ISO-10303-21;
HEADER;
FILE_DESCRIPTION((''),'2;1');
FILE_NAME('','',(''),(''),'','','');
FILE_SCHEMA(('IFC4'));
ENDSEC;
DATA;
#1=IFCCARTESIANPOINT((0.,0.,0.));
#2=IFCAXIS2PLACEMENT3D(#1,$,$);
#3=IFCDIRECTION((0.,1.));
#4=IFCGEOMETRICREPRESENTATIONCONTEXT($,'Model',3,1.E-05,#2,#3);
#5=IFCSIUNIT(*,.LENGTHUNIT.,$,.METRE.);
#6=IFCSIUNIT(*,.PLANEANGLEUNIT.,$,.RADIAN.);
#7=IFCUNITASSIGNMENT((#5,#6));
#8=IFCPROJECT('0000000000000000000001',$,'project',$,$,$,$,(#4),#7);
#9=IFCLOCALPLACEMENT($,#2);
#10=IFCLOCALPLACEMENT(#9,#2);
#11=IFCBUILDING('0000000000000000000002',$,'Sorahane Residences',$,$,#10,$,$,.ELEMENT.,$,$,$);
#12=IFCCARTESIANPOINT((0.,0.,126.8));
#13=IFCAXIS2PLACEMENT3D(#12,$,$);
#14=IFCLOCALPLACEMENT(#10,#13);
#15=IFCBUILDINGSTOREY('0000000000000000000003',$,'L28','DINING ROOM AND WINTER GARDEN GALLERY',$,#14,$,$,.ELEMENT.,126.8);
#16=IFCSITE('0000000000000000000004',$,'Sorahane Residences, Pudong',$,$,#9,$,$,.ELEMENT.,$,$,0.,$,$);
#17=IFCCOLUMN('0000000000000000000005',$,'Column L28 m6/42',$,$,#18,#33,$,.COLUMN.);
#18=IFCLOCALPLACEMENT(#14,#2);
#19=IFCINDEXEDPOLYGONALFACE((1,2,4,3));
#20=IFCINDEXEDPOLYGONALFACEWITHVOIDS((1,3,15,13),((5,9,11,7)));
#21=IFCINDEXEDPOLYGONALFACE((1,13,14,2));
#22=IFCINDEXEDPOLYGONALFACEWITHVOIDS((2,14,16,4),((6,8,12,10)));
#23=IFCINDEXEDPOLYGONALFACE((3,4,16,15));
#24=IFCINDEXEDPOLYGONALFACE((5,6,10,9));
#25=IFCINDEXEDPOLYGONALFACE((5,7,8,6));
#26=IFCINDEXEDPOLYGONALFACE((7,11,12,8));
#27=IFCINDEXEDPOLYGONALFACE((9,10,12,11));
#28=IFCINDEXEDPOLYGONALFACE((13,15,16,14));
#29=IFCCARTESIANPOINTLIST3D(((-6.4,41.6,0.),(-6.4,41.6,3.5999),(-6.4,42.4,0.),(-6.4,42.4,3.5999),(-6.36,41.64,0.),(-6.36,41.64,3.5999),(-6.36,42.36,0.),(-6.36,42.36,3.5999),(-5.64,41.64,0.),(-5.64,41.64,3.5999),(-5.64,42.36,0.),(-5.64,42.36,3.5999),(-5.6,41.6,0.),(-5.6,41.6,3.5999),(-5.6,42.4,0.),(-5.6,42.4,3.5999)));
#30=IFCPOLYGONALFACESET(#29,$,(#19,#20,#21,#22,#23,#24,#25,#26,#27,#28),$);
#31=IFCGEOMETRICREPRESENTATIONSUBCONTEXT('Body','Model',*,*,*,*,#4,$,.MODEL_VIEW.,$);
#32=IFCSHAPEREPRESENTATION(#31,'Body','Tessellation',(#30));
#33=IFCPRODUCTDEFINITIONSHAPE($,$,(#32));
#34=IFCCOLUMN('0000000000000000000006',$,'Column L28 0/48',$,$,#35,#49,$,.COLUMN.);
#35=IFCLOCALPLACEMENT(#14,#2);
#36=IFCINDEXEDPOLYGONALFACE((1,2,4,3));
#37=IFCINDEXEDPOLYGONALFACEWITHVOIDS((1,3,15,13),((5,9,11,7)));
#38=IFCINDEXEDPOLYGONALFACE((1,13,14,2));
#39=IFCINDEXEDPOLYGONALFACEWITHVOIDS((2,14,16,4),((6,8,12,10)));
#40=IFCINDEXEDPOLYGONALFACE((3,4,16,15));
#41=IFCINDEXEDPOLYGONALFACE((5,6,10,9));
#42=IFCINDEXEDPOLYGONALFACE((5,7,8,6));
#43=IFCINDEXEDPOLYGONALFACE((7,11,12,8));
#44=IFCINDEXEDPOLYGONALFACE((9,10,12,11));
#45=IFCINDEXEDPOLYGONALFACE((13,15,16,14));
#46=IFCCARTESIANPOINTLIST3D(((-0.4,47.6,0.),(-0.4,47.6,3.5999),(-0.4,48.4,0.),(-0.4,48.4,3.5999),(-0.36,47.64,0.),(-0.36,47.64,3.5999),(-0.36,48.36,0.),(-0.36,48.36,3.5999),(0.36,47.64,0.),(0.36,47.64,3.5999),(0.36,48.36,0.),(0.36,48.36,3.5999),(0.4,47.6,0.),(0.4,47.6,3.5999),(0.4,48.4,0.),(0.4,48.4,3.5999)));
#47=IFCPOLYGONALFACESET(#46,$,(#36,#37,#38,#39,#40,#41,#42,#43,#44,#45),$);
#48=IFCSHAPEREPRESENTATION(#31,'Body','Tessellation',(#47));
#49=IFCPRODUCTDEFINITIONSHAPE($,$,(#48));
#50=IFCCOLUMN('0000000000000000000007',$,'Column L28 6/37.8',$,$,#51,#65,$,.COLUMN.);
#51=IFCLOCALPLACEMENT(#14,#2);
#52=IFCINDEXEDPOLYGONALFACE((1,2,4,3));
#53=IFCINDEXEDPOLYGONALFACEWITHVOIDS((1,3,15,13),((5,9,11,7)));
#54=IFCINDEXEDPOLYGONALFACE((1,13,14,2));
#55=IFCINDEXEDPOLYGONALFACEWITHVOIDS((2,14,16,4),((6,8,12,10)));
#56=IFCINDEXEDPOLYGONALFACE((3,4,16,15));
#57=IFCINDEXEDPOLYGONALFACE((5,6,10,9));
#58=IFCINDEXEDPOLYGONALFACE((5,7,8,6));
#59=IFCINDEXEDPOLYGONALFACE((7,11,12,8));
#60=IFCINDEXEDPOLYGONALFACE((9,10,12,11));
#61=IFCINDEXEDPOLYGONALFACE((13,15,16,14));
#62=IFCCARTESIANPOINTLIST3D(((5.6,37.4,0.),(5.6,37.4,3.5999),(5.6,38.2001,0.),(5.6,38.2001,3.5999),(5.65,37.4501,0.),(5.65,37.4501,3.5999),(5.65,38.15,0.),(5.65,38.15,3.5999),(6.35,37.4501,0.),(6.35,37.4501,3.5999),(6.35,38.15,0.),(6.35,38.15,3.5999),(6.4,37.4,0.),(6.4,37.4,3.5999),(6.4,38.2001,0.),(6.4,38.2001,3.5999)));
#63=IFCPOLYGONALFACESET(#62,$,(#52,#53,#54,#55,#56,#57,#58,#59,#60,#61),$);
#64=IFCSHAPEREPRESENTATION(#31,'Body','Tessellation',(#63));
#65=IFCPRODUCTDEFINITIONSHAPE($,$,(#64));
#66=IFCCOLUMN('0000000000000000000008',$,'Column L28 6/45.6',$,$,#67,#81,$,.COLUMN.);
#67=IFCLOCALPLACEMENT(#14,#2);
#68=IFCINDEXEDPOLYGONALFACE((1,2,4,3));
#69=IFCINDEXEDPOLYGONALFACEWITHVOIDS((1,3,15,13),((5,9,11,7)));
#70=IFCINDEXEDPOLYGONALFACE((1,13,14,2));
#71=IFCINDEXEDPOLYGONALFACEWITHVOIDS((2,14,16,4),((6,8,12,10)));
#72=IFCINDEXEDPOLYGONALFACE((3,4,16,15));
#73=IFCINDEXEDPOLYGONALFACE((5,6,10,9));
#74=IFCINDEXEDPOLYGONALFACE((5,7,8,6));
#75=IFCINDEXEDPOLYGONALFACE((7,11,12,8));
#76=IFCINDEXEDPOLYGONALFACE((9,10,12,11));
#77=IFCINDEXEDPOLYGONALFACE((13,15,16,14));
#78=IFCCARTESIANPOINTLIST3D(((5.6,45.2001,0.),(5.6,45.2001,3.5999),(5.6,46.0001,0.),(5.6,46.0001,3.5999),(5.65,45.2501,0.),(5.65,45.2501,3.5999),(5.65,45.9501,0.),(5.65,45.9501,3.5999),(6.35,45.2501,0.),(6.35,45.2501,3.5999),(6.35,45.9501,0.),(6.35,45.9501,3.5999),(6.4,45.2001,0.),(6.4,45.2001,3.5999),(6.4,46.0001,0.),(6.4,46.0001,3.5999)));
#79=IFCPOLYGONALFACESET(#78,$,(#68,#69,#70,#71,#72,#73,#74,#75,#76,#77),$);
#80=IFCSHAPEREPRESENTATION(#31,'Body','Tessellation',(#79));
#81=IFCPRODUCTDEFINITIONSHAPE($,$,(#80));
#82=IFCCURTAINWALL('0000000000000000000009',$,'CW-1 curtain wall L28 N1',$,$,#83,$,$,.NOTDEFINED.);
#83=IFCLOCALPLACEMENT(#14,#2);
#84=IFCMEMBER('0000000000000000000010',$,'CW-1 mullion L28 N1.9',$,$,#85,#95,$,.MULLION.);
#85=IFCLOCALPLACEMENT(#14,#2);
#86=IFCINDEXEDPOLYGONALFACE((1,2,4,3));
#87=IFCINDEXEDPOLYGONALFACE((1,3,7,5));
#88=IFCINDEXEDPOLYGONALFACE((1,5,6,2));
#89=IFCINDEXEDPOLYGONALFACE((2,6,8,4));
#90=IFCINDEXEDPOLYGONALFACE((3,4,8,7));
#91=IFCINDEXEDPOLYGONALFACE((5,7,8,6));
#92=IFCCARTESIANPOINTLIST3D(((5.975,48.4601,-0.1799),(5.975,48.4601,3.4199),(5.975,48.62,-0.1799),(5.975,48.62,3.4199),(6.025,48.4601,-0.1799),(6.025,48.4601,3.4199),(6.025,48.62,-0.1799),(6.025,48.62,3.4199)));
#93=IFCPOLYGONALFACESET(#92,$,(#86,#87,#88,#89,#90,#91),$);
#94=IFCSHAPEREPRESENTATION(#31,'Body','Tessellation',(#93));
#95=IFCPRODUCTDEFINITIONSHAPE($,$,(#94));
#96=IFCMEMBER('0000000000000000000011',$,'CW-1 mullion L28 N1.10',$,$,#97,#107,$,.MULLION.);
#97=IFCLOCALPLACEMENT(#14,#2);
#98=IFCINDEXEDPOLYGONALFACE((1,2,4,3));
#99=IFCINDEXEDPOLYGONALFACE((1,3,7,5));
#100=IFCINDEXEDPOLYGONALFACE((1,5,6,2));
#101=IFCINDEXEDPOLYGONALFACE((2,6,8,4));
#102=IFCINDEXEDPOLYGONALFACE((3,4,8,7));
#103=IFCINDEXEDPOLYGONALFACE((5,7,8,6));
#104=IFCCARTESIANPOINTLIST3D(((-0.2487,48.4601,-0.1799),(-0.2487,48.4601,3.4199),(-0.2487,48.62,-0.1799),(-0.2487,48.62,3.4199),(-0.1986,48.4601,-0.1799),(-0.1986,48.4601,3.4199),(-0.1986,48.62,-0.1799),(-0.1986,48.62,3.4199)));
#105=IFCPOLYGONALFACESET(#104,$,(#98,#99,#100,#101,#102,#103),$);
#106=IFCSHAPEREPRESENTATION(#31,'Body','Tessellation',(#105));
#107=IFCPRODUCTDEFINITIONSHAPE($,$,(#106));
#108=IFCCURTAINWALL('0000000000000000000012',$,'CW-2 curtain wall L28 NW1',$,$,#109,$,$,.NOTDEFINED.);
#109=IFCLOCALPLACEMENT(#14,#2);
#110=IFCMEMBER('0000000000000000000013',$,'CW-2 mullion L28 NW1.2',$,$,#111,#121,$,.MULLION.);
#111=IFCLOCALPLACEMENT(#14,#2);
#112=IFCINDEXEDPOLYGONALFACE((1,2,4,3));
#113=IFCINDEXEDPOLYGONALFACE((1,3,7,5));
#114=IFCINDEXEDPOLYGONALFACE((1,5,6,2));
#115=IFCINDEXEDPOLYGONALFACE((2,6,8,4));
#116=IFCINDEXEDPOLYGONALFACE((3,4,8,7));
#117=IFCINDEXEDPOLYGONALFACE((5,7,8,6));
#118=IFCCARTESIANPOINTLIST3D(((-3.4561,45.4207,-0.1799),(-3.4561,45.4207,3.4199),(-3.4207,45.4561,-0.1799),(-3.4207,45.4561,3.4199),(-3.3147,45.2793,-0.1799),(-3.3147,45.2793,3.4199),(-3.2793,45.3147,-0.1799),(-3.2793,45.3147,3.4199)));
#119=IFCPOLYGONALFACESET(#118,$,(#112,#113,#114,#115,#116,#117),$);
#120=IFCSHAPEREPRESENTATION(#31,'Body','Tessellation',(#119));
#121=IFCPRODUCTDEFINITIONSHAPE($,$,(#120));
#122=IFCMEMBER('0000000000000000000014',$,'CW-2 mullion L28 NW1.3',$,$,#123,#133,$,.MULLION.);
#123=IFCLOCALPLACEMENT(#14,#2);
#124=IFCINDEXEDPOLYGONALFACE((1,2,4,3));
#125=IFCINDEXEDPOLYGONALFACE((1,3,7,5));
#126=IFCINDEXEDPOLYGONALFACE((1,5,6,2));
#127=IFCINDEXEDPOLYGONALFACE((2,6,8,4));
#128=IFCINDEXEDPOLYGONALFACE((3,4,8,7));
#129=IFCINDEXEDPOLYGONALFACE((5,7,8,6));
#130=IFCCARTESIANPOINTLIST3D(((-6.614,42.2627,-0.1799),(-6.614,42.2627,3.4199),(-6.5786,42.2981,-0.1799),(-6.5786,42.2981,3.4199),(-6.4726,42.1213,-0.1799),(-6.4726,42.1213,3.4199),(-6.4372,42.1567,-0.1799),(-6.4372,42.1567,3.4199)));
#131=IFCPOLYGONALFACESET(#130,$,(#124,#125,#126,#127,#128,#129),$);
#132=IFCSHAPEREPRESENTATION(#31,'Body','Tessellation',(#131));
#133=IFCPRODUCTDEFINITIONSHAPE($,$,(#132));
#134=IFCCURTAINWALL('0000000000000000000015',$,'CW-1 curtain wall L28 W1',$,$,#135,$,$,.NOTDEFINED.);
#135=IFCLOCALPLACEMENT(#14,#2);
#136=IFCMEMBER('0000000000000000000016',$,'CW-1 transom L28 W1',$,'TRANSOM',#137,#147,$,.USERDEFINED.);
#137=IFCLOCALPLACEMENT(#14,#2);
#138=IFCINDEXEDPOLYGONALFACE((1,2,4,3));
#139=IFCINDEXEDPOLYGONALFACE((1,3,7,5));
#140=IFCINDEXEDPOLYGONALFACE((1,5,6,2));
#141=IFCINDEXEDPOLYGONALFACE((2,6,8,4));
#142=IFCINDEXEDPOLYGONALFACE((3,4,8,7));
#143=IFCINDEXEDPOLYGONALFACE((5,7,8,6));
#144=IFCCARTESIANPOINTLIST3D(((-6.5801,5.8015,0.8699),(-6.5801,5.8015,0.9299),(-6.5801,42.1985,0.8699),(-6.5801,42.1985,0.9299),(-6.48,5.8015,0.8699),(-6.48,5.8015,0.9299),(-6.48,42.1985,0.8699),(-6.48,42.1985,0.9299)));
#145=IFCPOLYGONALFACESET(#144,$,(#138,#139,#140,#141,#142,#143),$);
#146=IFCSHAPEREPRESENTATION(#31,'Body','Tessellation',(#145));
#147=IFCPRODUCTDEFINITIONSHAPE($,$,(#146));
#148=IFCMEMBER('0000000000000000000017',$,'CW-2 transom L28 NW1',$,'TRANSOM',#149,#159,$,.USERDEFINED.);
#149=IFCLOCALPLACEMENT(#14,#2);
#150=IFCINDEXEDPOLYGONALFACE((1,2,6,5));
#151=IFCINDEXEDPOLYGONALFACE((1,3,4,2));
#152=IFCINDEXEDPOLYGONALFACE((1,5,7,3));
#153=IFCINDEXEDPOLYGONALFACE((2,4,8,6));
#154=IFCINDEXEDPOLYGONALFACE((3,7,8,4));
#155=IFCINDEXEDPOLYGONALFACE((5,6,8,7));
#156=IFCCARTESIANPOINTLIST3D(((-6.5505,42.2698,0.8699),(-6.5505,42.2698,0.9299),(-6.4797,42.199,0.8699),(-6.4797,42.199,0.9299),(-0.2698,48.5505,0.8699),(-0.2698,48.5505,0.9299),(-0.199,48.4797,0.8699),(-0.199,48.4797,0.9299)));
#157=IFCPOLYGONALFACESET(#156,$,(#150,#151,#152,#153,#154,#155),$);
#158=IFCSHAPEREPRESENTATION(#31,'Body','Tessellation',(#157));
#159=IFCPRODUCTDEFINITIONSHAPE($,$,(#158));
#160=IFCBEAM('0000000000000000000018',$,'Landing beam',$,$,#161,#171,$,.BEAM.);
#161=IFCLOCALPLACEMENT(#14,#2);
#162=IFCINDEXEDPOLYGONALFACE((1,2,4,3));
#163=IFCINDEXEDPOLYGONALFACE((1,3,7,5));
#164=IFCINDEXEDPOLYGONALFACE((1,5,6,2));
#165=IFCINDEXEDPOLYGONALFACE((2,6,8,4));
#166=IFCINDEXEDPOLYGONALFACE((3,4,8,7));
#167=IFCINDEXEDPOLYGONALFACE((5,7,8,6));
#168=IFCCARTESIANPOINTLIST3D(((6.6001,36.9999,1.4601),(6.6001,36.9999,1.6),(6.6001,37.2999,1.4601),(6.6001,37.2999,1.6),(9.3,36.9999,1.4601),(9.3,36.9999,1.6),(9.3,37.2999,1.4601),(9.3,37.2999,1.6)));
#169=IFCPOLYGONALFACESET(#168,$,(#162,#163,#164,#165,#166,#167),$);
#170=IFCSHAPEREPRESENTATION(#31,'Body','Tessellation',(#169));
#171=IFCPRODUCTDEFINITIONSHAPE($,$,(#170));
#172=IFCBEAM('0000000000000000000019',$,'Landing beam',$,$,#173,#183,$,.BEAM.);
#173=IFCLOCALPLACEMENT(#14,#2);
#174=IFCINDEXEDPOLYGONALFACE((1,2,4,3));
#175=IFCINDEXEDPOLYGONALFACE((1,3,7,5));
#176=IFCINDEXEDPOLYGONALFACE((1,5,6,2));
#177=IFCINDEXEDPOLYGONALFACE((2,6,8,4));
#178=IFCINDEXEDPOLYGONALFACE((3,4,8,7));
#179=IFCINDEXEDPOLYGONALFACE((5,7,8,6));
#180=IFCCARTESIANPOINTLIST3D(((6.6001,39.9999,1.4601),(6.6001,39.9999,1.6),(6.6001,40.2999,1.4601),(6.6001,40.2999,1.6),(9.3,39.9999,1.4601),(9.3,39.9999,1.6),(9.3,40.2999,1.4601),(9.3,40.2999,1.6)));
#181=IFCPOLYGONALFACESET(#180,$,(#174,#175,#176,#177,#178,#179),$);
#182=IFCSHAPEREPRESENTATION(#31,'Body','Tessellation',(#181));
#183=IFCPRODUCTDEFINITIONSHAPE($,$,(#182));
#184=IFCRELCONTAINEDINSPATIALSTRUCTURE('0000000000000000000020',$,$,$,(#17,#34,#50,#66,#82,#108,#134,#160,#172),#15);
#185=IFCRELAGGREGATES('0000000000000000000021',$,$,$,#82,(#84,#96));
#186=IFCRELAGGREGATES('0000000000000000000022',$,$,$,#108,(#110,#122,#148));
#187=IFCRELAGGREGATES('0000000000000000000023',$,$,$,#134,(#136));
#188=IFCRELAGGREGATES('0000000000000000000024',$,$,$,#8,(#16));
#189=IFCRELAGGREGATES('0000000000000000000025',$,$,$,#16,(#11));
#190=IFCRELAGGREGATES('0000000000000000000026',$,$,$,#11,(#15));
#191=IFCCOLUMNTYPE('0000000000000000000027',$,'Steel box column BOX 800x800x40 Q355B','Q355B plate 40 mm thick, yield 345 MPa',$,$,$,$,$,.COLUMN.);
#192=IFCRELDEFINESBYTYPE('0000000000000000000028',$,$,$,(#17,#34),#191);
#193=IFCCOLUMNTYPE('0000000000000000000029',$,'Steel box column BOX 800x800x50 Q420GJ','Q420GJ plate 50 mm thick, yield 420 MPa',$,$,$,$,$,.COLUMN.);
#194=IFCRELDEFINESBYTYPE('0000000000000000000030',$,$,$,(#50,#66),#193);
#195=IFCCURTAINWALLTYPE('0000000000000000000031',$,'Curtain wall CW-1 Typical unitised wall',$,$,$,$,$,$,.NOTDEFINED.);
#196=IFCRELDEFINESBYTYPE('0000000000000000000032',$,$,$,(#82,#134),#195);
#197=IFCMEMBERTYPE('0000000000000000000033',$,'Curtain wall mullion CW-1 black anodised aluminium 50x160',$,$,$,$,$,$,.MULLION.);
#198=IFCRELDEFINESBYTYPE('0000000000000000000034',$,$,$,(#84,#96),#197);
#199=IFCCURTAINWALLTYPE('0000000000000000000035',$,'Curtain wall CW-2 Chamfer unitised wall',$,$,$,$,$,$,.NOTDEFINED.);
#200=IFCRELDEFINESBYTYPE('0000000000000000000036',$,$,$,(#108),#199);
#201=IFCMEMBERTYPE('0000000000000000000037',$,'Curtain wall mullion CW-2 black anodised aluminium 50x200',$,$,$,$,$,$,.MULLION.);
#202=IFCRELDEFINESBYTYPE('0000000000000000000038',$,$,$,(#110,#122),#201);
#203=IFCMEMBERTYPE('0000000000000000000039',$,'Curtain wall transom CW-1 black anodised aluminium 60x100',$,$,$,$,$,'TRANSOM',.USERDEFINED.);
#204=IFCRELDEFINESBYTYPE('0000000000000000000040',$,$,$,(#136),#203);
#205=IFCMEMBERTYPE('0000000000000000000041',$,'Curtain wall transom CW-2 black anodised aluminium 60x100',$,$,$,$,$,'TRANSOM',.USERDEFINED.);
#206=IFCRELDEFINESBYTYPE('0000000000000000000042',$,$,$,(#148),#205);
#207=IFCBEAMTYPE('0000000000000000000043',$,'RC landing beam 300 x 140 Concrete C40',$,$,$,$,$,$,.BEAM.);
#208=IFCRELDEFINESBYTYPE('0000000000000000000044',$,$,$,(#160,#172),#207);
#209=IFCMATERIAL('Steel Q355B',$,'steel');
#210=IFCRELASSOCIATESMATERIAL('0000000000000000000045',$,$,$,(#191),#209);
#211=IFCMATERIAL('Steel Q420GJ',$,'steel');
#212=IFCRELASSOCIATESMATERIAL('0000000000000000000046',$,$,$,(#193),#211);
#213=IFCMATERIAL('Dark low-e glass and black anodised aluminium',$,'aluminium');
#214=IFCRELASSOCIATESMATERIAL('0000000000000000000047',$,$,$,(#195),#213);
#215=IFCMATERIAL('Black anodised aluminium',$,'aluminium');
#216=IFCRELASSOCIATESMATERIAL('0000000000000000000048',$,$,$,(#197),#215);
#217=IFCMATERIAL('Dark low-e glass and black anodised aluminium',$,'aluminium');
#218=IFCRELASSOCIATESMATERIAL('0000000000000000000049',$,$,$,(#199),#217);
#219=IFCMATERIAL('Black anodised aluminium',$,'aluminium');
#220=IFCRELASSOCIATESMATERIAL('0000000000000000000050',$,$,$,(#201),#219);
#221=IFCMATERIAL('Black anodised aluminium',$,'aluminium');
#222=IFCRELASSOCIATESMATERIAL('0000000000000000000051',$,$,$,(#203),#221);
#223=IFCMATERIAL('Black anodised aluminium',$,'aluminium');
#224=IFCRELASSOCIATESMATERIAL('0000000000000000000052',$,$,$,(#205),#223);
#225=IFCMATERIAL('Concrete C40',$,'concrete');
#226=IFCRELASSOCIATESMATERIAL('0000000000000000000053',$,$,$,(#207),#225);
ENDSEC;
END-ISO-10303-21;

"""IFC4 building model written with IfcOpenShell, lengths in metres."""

from ifc_helpers import new_model, si_unit, direction, frame, origin, origin_2d, place, context, subcontext, project, spatial, rectangle, hollow_rectangle, extrude, material, material_profile, profile_set, type_object, element, aggregate, save


model = new_model("IFC4")

# Units and contexts
model_context = context("Model", 3, precision=1e-05, world=origin(), true_north=direction((0.0, 1.0)))
body_context = subcontext(model_context, "Body", "Model", "MODEL_VIEW")
ifc_project = project(units=[si_unit("LENGTHUNIT", "METRE"), si_unit("PLANEANGLEUNIT", "RADIAN")], contexts=[model_context])

# Site, building, storey
site_placement = place(None, origin())
site = spatial("IfcSite", under=ifc_project, at=site_placement, Name="Sorahane Residences, Pudong", CompositionType="ELEMENT", RefElevation=0.0)
building_placement = place(site_placement, origin())
building = spatial("IfcBuilding", under=site, at=building_placement, Name="Sorahane Residences", CompositionType="ELEMENT")
storey_placement = place(building_placement, frame((0.0, 0.0, 126.8)))
storey = spatial("IfcBuildingStorey", under=building, at=storey_placement, Name="L28", Description="DINING ROOM AND WINTER GARDEN GALLERY", CompositionType="ELEMENT", Elevation=126.8)

# Columns
ifc_material_1 = material(Name="Steel Q355B", Category="steel")
ifc_material_profile_1 = material_profile(ifc_material_1, hollow_rectangle(XDim=0.8, YDim=0.8, WallThickness=0.04, at=origin_2d()), Name="BOX 800x800x40")
ifc_profile_set_1 = profile_set([ifc_material_profile_1], Name="Steel Q355B")
column_type_1 = type_object("IfcColumnType", Name="Steel box column BOX 800x800x40 Q355B", Description="Q355B plate 40 mm thick, yield 345 MPa", PredefinedType="COLUMN", material=ifc_profile_set_1)
for number, where, z_axis, x_axis, name in (
    (1, (-6.0, 42.0, 0.0), (0.0, 0.0, 1.0), (1.0, 0.0, 0.0), "Column L28 m6/42"),
    (2, (0.0, 48.0, 0.0), (0.0, 0.0, 1.0), (1.0, 0.0, 0.0), "Column L28 0/48"),
):
    element("IfcColumn", number, at=place(storey_placement, frame(where, z_axis=z_axis, x_axis=x_axis)), inside=storey, type_object=column_type_1, Name=name, PredefinedType="COLUMN", context=body_context, shape_type="SweptSolid", body=[
        extrude(hollow_rectangle(XDim=0.8, YDim=0.8, WallThickness=0.04, at=origin_2d()), origin(), (0.0, 0.0, 1.0), 3.5999),
    ])
ifc_material_2 = material(Name="Steel Q420GJ", Category="steel")
ifc_material_profile_2 = material_profile(ifc_material_2, hollow_rectangle(XDim=0.8, YDim=0.8, WallThickness=0.05, at=origin_2d()), Name="BOX 800x800x50")
ifc_profile_set_2 = profile_set([ifc_material_profile_2], Name="Steel Q420GJ")
column_type_2 = type_object("IfcColumnType", Name="Steel box column BOX 800x800x50 Q420GJ", Description="Q420GJ plate 50 mm thick, yield 420 MPa", PredefinedType="COLUMN", material=ifc_profile_set_2)
for number, where, z_axis, x_axis, name in (
    (3, (6.0, 37.8, 0.0), (0.0, 0.0, 1.0), (1.0, 0.0, 0.0), "Column L28 6/37.8"),
    (4, (6.0, 45.6001, 0.0), (0.0, 0.0, 1.0), (1.0, 0.0, 0.0), "Column L28 6/45.6"),
):
    element("IfcColumn", number, at=place(storey_placement, frame(where, z_axis=z_axis, x_axis=x_axis)), inside=storey, type_object=column_type_2, Name=name, PredefinedType="COLUMN", context=body_context, shape_type="SweptSolid", body=[
        extrude(hollow_rectangle(XDim=0.8, YDim=0.8, WallThickness=0.05, at=origin_2d()), origin(), (0.0, 0.0, 1.0), 3.5999),
    ])

# Curtain walls, members
ifc_material_3 = material(Name="Dark low-e glass and black anodised aluminium", Category="aluminium")
curtain_wall_type_1 = type_object("IfcCurtainWallType", Name="Curtain wall CW-1 Typical unitised wall", PredefinedType="NOTDEFINED", material=ifc_material_3)
curtain_wall_1_placement = place(storey_placement, origin())
curtain_wall_1 = element("IfcCurtainWall", 5, at=curtain_wall_1_placement, inside=storey, type_object=curtain_wall_type_1, Name="CW-1 curtain wall L28 N1", PredefinedType="NOTDEFINED")
ifc_material_4 = material(Name="Black anodised aluminium", Category="aluminium")
ifc_material_profile_3 = material_profile(ifc_material_4, rectangle(XDim=0.1599, YDim=0.05, at=origin_2d()), Name="Curtain wall mullion CW-1 black anodised aluminium 50x160")
ifc_profile_set_3 = profile_set([ifc_material_profile_3], Name="Black anodised aluminium")
member_type_1 = type_object("IfcMemberType", Name="Curtain wall mullion CW-1 black anodised aluminium 50x160", PredefinedType="MULLION", material=ifc_profile_set_3)
member_1_placement = place(storey_placement, frame((6.0, 48.54, -0.1799), z_axis=(0.0, 0.0, 1.0), x_axis=(0.0, 1.0, 0.0)))
member_1 = element("IfcMember", 6, at=member_1_placement, type_object=member_type_1, Name="CW-1 mullion L28 N1.9", PredefinedType="MULLION", context=body_context, shape_type="SweptSolid", body=[
    extrude(rectangle(XDim=0.1599, YDim=0.05, at=origin_2d()), origin(), (0.0, 0.0, 1.0), 3.5999),
])
member_2_placement = place(storey_placement, frame((-0.2236, 48.54, -0.1799), z_axis=(0.0, 0.0, 1.0), x_axis=(0.0, 1.0, 0.0)))
member_2 = element("IfcMember", 7, at=member_2_placement, type_object=member_type_1, Name="CW-1 mullion L28 N1.10", PredefinedType="MULLION", context=body_context, shape_type="SweptSolid", body=[
    extrude(rectangle(XDim=0.1599, YDim=0.05, at=origin_2d()), origin(), (0.0, 0.0, 1.0), 3.5999),
])
ifc_material_5 = material(Name="Dark low-e glass and black anodised aluminium", Category="aluminium")
curtain_wall_type_2 = type_object("IfcCurtainWallType", Name="Curtain wall CW-2 Chamfer unitised wall", PredefinedType="NOTDEFINED", material=ifc_material_5)
curtain_wall_2_placement = place(storey_placement, origin())
curtain_wall_2 = element("IfcCurtainWall", 8, at=curtain_wall_2_placement, inside=storey, type_object=curtain_wall_type_2, Name="CW-2 curtain wall L28 NW1", PredefinedType="NOTDEFINED")
ifc_material_6 = material(Name="Black anodised aluminium", Category="aluminium")
ifc_material_profile_4 = material_profile(ifc_material_6, rectangle(XDim=0.2, YDim=0.05, at=origin_2d()), Name="Curtain wall mullion CW-2 black anodised aluminium 50x200")
ifc_profile_set_4 = profile_set([ifc_material_profile_4], Name="Black anodised aluminium")
member_type_2 = type_object("IfcMemberType", Name="Curtain wall mullion CW-2 black anodised aluminium 50x200", PredefinedType="MULLION", material=ifc_profile_set_4)
member_3_placement = place(storey_placement, frame((-3.3677, 45.3677, -0.1799), z_axis=(0.0, 0.0, 1.0), x_axis=(-0.707107, 0.707107, 0.0)))
member_3 = element("IfcMember", 9, at=member_3_placement, type_object=member_type_2, Name="CW-2 mullion L28 NW1.2", PredefinedType="MULLION", context=body_context, shape_type="SweptSolid", body=[
    extrude(rectangle(XDim=0.2, YDim=0.05, at=origin_2d()), origin(), (0.0, 0.0, 1.0), 3.5999),
])
member_4_placement = place(storey_placement, frame((-6.5256, 42.2097, -0.1799), z_axis=(0.0, 0.0, 1.0), x_axis=(-0.707107, 0.707107, 0.0)))
member_4 = element("IfcMember", 10, at=member_4_placement, type_object=member_type_2, Name="CW-2 mullion L28 NW1.3", PredefinedType="MULLION", context=body_context, shape_type="SweptSolid", body=[
    extrude(rectangle(XDim=0.2, YDim=0.05, at=origin_2d()), origin(), (0.0, 0.0, 1.0), 3.5999),
])

# Curtain wall, member
curtain_wall_3_placement = place(storey_placement, origin())
curtain_wall_3 = element("IfcCurtainWall", 11, at=curtain_wall_3_placement, inside=storey, type_object=curtain_wall_type_1, Name="CW-1 curtain wall L28 W1", PredefinedType="NOTDEFINED")
ifc_material_7 = material(Name="Black anodised aluminium", Category="aluminium")
ifc_material_profile_5 = material_profile(ifc_material_7, rectangle(XDim=0.1001, YDim=0.0601, at=origin_2d()), Name="Curtain wall transom CW-1 black anodised aluminium 60x100")
ifc_profile_set_5 = profile_set([ifc_material_profile_5], Name="Black anodised aluminium")
member_type_3 = type_object("IfcMemberType", Name="Curtain wall transom CW-1 black anodised aluminium 60x100", ElementType="TRANSOM", PredefinedType="USERDEFINED", material=ifc_profile_set_5)
member_5_placement = place(storey_placement, frame((-6.53, 42.1985, 0.8999), z_axis=(0.0, -1.0, 0.0), x_axis=(1.0, 0.0, 0.0)))
member_5 = element("IfcMember", 12, at=member_5_placement, type_object=member_type_3, Name="CW-1 transom L28 W1", ObjectType="TRANSOM", PredefinedType="USERDEFINED", context=body_context, shape_type="SweptSolid", body=[
    extrude(rectangle(XDim=0.1001, YDim=0.0601, at=origin_2d()), origin(), (0.0, 0.0, 1.0), 36.397),
])

# Member
ifc_material_8 = material(Name="Black anodised aluminium", Category="aluminium")
ifc_material_profile_6 = material_profile(ifc_material_8, rectangle(XDim=0.1001, YDim=0.0601, at=origin_2d()), Name="Curtain wall transom CW-2 black anodised aluminium 60x100")
ifc_profile_set_6 = profile_set([ifc_material_profile_6], Name="Black anodised aluminium")
member_type_4 = type_object("IfcMemberType", Name="Curtain wall transom CW-2 black anodised aluminium 60x100", ElementType="TRANSOM", PredefinedType="USERDEFINED", material=ifc_profile_set_6)
member_6_placement = place(storey_placement, frame((-0.2344, 48.5151, 0.8999), z_axis=(-0.707107, -0.707107, 0.0), x_axis=(0.707107, -0.707107, 0.0)))
member_6 = element("IfcMember", 13, at=member_6_placement, type_object=member_type_4, Name="CW-2 transom L28 NW1", ObjectType="TRANSOM", PredefinedType="USERDEFINED", context=body_context, shape_type="SweptSolid", body=[
    extrude(rectangle(XDim=0.1001, YDim=0.0601, at=origin_2d()), origin(), (0.0, 0.0, 1.0), 8.8823),
])

# Beams
ifc_material_9 = material(Name="Concrete C40", Category="concrete")
ifc_material_profile_7 = material_profile(ifc_material_9, rectangle(XDim=0.3, YDim=0.1399, at=origin_2d()), Name="300x140")
ifc_profile_set_7 = profile_set([ifc_material_profile_7], Name="Concrete C40")
beam_type_1 = type_object("IfcBeamType", Name="RC landing beam 300 x 140 Concrete C40", PredefinedType="BEAM", material=ifc_profile_set_7)
for number, where, z_axis, x_axis, name in (
    (14, (6.6001, 37.1499, 1.53), (1.0, 0.0, 0.0), (0.0, 1.0, 0.0), "Landing beam"),
    (15, (6.6001, 40.1499, 1.53), (1.0, 0.0, 0.0), (0.0, 1.0, 0.0), "Landing beam"),
):
    element("IfcBeam", number, at=place(storey_placement, frame(where, z_axis=z_axis, x_axis=x_axis)), inside=storey, type_object=beam_type_1, Name=name, PredefinedType="BEAM", context=body_context, shape_type="SweptSolid", body=[
        extrude(rectangle(XDim=0.3, YDim=0.1399, at=origin_2d()), origin(), (0.0, 0.0, 1.0), 2.7),
    ])

aggregate(curtain_wall_1, [member_1, member_2])
aggregate(curtain_wall_2, [member_3, member_4, member_6])
aggregate(curtain_wall_3, [member_5])

save(model, "model.ifc")
